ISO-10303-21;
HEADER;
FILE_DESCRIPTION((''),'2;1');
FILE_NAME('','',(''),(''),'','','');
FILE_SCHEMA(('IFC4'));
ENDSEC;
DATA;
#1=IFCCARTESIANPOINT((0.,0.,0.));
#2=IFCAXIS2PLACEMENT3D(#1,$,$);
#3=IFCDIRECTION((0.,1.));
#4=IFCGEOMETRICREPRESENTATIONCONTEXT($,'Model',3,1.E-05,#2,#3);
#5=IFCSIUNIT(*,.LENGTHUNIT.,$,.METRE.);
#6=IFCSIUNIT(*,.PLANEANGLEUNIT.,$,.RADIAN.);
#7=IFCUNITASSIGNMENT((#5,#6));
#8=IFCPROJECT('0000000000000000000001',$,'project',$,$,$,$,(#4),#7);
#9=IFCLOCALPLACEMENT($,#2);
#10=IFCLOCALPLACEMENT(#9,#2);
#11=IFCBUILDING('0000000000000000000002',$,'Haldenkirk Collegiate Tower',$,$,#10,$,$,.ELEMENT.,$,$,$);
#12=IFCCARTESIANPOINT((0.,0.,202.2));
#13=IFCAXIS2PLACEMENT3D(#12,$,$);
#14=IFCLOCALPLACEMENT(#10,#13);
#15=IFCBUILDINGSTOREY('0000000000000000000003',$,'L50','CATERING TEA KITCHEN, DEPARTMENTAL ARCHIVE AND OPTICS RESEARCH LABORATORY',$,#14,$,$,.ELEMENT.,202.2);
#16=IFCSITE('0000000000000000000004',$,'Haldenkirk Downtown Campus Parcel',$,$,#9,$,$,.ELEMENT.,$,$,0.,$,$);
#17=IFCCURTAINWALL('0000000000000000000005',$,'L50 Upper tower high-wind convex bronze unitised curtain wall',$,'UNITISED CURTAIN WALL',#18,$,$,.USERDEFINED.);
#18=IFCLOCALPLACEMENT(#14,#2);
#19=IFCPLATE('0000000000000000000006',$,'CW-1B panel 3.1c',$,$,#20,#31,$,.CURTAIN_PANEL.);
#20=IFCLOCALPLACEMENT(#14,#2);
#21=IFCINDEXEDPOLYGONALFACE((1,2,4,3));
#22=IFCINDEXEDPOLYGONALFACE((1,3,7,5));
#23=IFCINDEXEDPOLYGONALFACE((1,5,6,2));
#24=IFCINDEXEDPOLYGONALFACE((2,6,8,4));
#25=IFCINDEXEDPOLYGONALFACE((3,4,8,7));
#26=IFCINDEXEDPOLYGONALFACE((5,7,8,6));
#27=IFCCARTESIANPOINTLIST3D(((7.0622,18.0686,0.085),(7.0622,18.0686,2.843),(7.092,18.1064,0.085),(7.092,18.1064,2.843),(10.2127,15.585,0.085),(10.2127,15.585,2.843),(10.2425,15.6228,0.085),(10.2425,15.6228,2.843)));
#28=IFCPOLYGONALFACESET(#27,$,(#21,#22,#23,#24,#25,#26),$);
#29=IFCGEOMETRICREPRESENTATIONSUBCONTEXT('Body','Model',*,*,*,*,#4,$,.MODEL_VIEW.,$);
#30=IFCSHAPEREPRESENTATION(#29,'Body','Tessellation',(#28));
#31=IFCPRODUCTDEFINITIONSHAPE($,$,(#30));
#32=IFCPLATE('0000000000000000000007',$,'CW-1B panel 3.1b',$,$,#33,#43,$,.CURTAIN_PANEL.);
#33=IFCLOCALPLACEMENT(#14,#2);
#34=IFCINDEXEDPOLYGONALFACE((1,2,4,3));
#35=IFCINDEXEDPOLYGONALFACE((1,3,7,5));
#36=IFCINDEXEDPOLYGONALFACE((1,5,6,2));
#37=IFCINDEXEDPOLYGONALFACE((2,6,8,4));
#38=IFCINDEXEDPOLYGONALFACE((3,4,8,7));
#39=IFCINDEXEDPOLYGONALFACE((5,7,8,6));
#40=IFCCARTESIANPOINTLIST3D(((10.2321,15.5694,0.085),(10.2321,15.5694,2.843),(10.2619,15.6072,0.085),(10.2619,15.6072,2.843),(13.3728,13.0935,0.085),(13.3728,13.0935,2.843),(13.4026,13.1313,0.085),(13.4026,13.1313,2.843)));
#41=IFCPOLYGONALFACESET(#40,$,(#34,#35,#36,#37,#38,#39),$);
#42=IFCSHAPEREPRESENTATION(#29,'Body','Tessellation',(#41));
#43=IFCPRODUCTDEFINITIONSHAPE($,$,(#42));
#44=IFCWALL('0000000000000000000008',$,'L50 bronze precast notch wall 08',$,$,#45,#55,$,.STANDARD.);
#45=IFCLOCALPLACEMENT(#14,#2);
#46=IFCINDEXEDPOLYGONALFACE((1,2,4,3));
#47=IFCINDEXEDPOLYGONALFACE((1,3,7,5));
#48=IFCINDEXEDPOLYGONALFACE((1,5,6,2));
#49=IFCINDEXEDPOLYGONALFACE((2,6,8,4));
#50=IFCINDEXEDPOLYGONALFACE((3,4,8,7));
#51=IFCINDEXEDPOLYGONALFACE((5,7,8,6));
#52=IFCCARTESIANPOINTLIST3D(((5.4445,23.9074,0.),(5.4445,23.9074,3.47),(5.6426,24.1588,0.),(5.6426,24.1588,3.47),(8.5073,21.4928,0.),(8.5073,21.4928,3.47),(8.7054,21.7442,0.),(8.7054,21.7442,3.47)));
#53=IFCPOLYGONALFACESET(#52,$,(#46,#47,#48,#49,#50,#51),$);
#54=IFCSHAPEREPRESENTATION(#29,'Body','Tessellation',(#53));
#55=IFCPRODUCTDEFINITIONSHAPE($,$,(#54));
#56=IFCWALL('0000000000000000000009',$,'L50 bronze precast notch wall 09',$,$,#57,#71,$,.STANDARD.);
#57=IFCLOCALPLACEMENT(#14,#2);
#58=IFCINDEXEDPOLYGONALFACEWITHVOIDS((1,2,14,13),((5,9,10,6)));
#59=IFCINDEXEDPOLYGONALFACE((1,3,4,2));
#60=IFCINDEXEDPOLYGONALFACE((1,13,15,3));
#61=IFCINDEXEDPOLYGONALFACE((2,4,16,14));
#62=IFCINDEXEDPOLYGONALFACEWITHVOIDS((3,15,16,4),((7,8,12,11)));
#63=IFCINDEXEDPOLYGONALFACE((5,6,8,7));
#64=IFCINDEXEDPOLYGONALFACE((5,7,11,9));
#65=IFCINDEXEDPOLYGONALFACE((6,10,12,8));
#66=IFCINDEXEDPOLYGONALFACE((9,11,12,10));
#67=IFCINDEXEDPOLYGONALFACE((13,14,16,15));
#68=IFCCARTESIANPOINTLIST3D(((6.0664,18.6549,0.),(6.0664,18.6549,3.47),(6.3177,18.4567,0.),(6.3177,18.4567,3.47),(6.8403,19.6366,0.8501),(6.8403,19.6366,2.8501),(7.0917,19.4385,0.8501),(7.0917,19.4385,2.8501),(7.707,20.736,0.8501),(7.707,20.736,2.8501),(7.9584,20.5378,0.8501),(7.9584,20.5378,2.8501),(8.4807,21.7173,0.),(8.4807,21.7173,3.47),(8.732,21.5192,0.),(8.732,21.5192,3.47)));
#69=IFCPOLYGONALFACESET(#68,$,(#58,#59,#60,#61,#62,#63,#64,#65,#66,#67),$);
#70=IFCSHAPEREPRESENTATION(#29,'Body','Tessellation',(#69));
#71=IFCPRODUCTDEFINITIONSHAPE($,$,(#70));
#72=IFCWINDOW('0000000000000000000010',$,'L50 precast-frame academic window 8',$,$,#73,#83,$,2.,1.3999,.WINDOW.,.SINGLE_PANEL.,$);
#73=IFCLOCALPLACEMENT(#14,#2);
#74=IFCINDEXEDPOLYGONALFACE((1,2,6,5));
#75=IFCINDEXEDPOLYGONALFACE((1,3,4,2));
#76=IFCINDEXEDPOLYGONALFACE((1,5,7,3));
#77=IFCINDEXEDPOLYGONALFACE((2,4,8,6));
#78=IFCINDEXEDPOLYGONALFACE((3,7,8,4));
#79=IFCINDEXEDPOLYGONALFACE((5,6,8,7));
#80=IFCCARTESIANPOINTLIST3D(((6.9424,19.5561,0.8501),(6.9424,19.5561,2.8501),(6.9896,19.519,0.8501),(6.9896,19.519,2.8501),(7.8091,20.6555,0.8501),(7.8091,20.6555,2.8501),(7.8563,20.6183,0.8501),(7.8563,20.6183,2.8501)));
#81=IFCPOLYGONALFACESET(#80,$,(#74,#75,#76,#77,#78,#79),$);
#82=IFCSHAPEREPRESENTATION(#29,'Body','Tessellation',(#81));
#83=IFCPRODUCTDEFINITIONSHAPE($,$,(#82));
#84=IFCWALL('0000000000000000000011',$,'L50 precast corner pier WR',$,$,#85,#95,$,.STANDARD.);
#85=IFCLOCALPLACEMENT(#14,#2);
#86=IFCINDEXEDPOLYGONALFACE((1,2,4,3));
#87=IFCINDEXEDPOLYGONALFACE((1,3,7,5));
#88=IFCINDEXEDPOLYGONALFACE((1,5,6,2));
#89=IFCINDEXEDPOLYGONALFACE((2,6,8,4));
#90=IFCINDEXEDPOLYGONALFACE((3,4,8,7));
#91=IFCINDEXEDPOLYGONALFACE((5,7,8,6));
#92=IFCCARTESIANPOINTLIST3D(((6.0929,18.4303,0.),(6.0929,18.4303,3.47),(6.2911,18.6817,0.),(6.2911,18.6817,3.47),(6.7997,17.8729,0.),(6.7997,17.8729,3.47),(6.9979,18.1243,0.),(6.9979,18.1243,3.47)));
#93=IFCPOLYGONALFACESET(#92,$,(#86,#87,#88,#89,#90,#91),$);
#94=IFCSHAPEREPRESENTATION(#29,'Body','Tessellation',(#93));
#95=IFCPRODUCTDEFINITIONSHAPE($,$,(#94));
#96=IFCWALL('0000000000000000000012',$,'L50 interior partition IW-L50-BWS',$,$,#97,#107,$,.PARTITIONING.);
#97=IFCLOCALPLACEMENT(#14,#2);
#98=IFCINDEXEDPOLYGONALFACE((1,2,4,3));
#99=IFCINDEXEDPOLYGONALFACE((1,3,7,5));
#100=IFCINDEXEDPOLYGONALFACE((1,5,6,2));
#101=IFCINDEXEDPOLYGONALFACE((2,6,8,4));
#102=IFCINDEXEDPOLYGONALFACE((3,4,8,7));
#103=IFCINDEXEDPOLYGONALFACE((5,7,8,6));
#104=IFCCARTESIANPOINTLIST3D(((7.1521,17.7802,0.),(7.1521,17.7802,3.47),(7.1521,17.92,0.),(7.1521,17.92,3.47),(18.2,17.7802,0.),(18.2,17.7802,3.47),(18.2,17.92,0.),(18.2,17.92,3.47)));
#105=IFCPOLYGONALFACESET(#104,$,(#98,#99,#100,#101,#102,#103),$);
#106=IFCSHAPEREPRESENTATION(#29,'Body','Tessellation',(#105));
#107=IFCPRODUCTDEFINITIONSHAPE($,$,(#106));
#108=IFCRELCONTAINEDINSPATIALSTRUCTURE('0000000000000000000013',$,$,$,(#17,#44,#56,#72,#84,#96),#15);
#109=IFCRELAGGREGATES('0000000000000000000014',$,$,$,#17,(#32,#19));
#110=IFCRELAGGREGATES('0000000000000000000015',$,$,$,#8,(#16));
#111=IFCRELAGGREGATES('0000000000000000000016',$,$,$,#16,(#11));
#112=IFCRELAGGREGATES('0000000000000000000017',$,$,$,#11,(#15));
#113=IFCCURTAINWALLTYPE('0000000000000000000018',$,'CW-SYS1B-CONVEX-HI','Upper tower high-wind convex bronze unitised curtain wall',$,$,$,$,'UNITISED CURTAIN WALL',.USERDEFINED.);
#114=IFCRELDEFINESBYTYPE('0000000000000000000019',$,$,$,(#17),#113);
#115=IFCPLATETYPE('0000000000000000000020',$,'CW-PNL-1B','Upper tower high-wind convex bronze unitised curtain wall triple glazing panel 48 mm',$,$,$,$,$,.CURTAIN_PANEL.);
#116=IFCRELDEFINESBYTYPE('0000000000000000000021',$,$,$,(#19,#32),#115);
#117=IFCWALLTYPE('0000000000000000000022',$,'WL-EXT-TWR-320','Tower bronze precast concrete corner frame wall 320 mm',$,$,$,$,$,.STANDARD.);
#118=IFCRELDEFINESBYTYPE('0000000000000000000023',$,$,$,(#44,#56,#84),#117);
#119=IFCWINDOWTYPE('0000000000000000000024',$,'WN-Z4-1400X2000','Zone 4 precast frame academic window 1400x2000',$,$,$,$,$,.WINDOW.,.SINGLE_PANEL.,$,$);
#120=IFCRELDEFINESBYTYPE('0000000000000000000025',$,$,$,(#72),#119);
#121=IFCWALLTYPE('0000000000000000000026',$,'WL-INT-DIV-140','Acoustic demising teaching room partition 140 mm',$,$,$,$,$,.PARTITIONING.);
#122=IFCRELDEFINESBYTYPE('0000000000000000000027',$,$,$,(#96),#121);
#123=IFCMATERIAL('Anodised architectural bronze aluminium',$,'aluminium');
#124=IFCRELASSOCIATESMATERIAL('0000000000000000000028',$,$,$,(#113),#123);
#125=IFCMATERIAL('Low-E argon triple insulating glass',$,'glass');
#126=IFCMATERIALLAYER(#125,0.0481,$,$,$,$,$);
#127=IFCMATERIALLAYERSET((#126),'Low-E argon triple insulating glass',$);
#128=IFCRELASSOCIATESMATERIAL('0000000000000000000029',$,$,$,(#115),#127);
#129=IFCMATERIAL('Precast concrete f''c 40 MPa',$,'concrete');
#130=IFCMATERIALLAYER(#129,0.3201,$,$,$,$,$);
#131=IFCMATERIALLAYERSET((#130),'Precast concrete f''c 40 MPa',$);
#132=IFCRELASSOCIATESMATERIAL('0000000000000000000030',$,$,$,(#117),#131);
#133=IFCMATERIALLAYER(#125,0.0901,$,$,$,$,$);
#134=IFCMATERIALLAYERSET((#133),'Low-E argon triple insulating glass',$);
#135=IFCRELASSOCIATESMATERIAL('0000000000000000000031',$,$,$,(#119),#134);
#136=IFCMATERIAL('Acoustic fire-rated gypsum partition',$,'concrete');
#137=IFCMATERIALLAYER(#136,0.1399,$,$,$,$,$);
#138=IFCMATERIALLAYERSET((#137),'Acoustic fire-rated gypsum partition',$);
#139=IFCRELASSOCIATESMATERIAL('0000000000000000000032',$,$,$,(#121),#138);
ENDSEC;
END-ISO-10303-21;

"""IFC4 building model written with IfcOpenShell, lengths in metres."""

from ifc_helpers import new_model, si_unit, direction, frame, frame_2d, origin, origin_2d, place, context, subcontext, project, spatial, rectangle, extrude, source, transform, mapped, material, layer, layer_set, type_object, element, fill, aggregate, save


model = new_model("IFC4")

# Units and contexts
model_context = context("Model", 3, precision=1e-05, world=origin(), true_north=direction((0.0, 1.0)))
body_context = subcontext(model_context, "Body", "Model", "MODEL_VIEW")
ifc_project = project(units=[si_unit("LENGTHUNIT", "METRE"), si_unit("PLANEANGLEUNIT", "RADIAN")], contexts=[model_context])

# Site, building, storey
site_placement = place(None, origin())
site = spatial("IfcSite", under=ifc_project, at=site_placement, Name="Haldenkirk Downtown Campus Parcel", CompositionType="ELEMENT", RefElevation=0.0)
building_placement = place(site_placement, origin())
building = spatial("IfcBuilding", under=site, at=building_placement, Name="Haldenkirk Collegiate Tower", CompositionType="ELEMENT")
storey_placement = place(building_placement, frame((0.0, 0.0, 202.2)))
storey = spatial("IfcBuildingStorey", under=building, at=storey_placement, Name="L50", Description="CATERING TEA KITCHEN, DEPARTMENTAL ARCHIVE AND OPTICS RESEARCH LABORATORY", CompositionType="ELEMENT", Elevation=202.2)

# Curtain wall
ifc_material_1 = material(Name="Anodised architectural bronze aluminium", Category="aluminium")
curtain_wall_type = type_object("IfcCurtainWallType", Name="CW-SYS1B-CONVEX-HI", Description="Upper tower high-wind convex bronze unitised curtain wall", ElementType="UNITISED CURTAIN WALL", PredefinedType="USERDEFINED", material=ifc_material_1)
curtain_wall_placement = place(storey_placement, origin())
curtain_wall = element("IfcCurtainWall", 1, at=curtain_wall_placement, inside=storey, type_object=curtain_wall_type, Name="L50 Upper tower high-wind convex bronze unitised curtain wall", ObjectType="UNITISED CURTAIN WALL", PredefinedType="USERDEFINED")

# Plates
ifc_material_2 = material(Name="Low-E argon triple insulating glass", Category="glass")
ifc_layer_1 = layer(ifc_material_2, 0.0481)
ifc_layer_set_1 = layer_set([ifc_layer_1], Name="Low-E argon triple insulating glass")
plate_type = type_object("IfcPlateType", Name="CW-PNL-1B", Description="Upper tower high-wind convex bronze unitised curtain wall triple glazing panel 48 mm", PredefinedType="CURTAIN_PANEL", material=ifc_layer_set_1)
shared_shape_1 = source(origin(), body_context, "Body", "SweptSolid", [
    extrude(rectangle(XDim=4.0117, YDim=0.0481, at=origin_2d()), origin(), (0.0, 0.0, 1.0), 2.7581),
])
plate_1_placement = place(storey_placement, frame((8.6523, 16.8457, 0.085), z_axis=(0.0, 0.0, 1.0), x_axis=(-0.785316, 0.619095, 0.0)))
plate_1 = element("IfcPlate", 2, at=plate_1_placement, type_object=plate_type, Name="CW-1B panel 3.1c", PredefinedType="CURTAIN_PANEL", context=body_context, shape_type="MappedRepresentation", body=[
    mapped(shared_shape_1, transform((0.0, 0.0, 0.0), x_axis=(1.0, 0.0, 0.0), y_axis=(0.0, 1.0, 0.0), z_axis=(0.0, 0.0, 1.0), scale=1.0)),
])
shared_shape_2 = source(origin(), body_context, "Body", "SweptSolid", [
    extrude(rectangle(XDim=3.9993, YDim=0.0481, at=origin_2d()), origin(), (0.0, 0.0, 1.0), 2.7581),
])
plate_2_placement = place(storey_placement, frame((11.8174, 14.3503, 0.085), z_axis=(0.0, 0.0, 1.0), x_axis=(-0.785316, 0.619095, 0.0)))
plate_2 = element("IfcPlate", 3, at=plate_2_placement, type_object=plate_type, Name="CW-1B panel 3.1b", PredefinedType="CURTAIN_PANEL", context=body_context, shape_type="MappedRepresentation", body=[
    mapped(shared_shape_2, transform((0.0, 0.0, 0.0), x_axis=(1.0, 0.0, 0.0), y_axis=(0.0, 1.0, 0.0), z_axis=(0.0, 0.0, 1.0), scale=1.0)),
])
aggregate(curtain_wall, [plate_2, plate_1])

# Wall
ifc_material_3 = material(Name="Precast concrete f'c 40 MPa", Category="concrete")
ifc_layer_2 = layer(ifc_material_3, 0.3201)
ifc_layer_set_2 = layer_set([ifc_layer_2], Name="Precast concrete f'c 40 MPa")
wall_type_1 = type_object("IfcWallType", Name="WL-EXT-TWR-320", Description="Tower bronze precast concrete corner frame wall 320 mm", PredefinedType="STANDARD", material=ifc_layer_set_2)
wall_1_placement = place(storey_placement, frame((8.6064, 21.6184, 0.0), z_axis=(0.0, 0.0, 1.0), x_axis=(-0.785307, 0.619106, 0.0)))
element("IfcWall", 4, at=wall_1_placement, inside=storey, type_object=wall_type_1, Name="L50 bronze precast notch wall 08", PredefinedType="STANDARD", context=body_context, shape_type="SweptSolid", body=[
    extrude(rectangle(XDim=3.9001, YDim=0.3201, at=frame_2d((1.9502, 0.0))), origin(), (0.0, 0.0, 1.0), 3.47),
])

# Wall, opening, window
wall_2_placement = place(storey_placement, frame((6.1921, 18.5559, 0.0), z_axis=(0.0, 0.0, 1.0), x_axis=(0.619098, 0.785314, 0.0)))
wall_2 = element("IfcWall", 5, at=wall_2_placement, inside=storey, type_object=wall_type_1, Name="L50 bronze precast notch wall 09", PredefinedType="STANDARD", context=body_context, shape_type="SweptSolid", body=[
    extrude(rectangle(XDim=3.8997, YDim=0.3201, at=frame_2d((1.9497, 0.0))), origin(), (0.0, 0.0, 1.0), 3.47),
])
opening_placement = place(wall_2_placement, frame((1.25, 0.0, 0.8501)))
opening = element("IfcOpeningElement", 6, at=opening_placement, cuts=wall_2, PredefinedType="OPENING", context=body_context, shape_type="SweptSolid", body=[
    extrude(rectangle(XDim=1.3999, YDim=2.0, at=frame_2d((0.7, 1.0))), frame((0.0, 0.1699, 0.0), z_axis=(0.0, -1.0, 0.0), x_axis=(1.0, 0.0, 0.0)), (0.0, 0.0, 1.0), 0.3401),
])
ifc_layer_3 = layer(ifc_material_2, 0.0901)
ifc_layer_set_3 = layer_set([ifc_layer_3], Name="Low-E argon triple insulating glass")
window_type = type_object("IfcWindowType", Name="WN-Z4-1400X2000", Description="Zone 4 precast frame academic window 1400x2000", PartitioningType="SINGLE_PANEL", PredefinedType="WINDOW", material=ifc_layer_set_3)
window_placement = place(opening_placement, origin())
window = element("IfcWindow", 7, at=window_placement, inside=storey, type_object=window_type, Name="L50 precast-frame academic window 8", OverallHeight=2.0, OverallWidth=1.3999, PartitioningType="SINGLE_PANEL", PredefinedType="WINDOW", context=body_context, shape_type="SweptSolid", body=[
    extrude(rectangle(XDim=1.3999, YDim=2.0, at=frame_2d((0.7, 1.0))), frame((0.0, 0.03, 0.0), z_axis=(0.0, -1.0, 0.0), x_axis=(1.0, 0.0, 0.0)), (0.0, 0.0, 1.0), 0.0601),
])
fill(opening, window)

# Walls
wall_3_placement = place(storey_placement, frame((6.8989, 17.9985, 0.0), z_axis=(0.0, 0.0, 1.0), x_axis=(-0.785216, 0.619222, 0.0)))
element("IfcWall", 8, at=wall_3_placement, inside=storey, type_object=wall_type_1, Name="L50 precast corner pier WR", PredefinedType="STANDARD", context=body_context, shape_type="SweptSolid", body=[
    extrude(rectangle(XDim=0.9001, YDim=0.3201, at=frame_2d((0.4502, 0.0))), origin(), (0.0, 0.0, 1.0), 3.47),
])
ifc_material_4 = material(Name="Acoustic fire-rated gypsum partition", Category="concrete")
ifc_layer_4 = layer(ifc_material_4, 0.1399)
ifc_layer_set_4 = layer_set([ifc_layer_4], Name="Acoustic fire-rated gypsum partition")
wall_type_2 = type_object("IfcWallType", Name="WL-INT-DIV-140", Description="Acoustic demising teaching room partition 140 mm", PredefinedType="PARTITIONING", material=ifc_layer_set_4)
wall_4_placement = place(storey_placement, frame((7.1521, 17.8501, 0.0), z_axis=(0.0, 0.0, 1.0), x_axis=(1.0, 0.0, 0.0)))
element("IfcWall", 9, at=wall_4_placement, inside=storey, type_object=wall_type_2, Name="L50 interior partition IW-L50-BWS", PredefinedType="PARTITIONING", context=body_context, shape_type="SweptSolid", body=[
    extrude(rectangle(XDim=11.0479, YDim=0.1399, at=frame_2d((5.5239, 0.0))), origin(), (0.0, 0.0, 1.0), 3.47),
])

save(model, "model.ifc")
